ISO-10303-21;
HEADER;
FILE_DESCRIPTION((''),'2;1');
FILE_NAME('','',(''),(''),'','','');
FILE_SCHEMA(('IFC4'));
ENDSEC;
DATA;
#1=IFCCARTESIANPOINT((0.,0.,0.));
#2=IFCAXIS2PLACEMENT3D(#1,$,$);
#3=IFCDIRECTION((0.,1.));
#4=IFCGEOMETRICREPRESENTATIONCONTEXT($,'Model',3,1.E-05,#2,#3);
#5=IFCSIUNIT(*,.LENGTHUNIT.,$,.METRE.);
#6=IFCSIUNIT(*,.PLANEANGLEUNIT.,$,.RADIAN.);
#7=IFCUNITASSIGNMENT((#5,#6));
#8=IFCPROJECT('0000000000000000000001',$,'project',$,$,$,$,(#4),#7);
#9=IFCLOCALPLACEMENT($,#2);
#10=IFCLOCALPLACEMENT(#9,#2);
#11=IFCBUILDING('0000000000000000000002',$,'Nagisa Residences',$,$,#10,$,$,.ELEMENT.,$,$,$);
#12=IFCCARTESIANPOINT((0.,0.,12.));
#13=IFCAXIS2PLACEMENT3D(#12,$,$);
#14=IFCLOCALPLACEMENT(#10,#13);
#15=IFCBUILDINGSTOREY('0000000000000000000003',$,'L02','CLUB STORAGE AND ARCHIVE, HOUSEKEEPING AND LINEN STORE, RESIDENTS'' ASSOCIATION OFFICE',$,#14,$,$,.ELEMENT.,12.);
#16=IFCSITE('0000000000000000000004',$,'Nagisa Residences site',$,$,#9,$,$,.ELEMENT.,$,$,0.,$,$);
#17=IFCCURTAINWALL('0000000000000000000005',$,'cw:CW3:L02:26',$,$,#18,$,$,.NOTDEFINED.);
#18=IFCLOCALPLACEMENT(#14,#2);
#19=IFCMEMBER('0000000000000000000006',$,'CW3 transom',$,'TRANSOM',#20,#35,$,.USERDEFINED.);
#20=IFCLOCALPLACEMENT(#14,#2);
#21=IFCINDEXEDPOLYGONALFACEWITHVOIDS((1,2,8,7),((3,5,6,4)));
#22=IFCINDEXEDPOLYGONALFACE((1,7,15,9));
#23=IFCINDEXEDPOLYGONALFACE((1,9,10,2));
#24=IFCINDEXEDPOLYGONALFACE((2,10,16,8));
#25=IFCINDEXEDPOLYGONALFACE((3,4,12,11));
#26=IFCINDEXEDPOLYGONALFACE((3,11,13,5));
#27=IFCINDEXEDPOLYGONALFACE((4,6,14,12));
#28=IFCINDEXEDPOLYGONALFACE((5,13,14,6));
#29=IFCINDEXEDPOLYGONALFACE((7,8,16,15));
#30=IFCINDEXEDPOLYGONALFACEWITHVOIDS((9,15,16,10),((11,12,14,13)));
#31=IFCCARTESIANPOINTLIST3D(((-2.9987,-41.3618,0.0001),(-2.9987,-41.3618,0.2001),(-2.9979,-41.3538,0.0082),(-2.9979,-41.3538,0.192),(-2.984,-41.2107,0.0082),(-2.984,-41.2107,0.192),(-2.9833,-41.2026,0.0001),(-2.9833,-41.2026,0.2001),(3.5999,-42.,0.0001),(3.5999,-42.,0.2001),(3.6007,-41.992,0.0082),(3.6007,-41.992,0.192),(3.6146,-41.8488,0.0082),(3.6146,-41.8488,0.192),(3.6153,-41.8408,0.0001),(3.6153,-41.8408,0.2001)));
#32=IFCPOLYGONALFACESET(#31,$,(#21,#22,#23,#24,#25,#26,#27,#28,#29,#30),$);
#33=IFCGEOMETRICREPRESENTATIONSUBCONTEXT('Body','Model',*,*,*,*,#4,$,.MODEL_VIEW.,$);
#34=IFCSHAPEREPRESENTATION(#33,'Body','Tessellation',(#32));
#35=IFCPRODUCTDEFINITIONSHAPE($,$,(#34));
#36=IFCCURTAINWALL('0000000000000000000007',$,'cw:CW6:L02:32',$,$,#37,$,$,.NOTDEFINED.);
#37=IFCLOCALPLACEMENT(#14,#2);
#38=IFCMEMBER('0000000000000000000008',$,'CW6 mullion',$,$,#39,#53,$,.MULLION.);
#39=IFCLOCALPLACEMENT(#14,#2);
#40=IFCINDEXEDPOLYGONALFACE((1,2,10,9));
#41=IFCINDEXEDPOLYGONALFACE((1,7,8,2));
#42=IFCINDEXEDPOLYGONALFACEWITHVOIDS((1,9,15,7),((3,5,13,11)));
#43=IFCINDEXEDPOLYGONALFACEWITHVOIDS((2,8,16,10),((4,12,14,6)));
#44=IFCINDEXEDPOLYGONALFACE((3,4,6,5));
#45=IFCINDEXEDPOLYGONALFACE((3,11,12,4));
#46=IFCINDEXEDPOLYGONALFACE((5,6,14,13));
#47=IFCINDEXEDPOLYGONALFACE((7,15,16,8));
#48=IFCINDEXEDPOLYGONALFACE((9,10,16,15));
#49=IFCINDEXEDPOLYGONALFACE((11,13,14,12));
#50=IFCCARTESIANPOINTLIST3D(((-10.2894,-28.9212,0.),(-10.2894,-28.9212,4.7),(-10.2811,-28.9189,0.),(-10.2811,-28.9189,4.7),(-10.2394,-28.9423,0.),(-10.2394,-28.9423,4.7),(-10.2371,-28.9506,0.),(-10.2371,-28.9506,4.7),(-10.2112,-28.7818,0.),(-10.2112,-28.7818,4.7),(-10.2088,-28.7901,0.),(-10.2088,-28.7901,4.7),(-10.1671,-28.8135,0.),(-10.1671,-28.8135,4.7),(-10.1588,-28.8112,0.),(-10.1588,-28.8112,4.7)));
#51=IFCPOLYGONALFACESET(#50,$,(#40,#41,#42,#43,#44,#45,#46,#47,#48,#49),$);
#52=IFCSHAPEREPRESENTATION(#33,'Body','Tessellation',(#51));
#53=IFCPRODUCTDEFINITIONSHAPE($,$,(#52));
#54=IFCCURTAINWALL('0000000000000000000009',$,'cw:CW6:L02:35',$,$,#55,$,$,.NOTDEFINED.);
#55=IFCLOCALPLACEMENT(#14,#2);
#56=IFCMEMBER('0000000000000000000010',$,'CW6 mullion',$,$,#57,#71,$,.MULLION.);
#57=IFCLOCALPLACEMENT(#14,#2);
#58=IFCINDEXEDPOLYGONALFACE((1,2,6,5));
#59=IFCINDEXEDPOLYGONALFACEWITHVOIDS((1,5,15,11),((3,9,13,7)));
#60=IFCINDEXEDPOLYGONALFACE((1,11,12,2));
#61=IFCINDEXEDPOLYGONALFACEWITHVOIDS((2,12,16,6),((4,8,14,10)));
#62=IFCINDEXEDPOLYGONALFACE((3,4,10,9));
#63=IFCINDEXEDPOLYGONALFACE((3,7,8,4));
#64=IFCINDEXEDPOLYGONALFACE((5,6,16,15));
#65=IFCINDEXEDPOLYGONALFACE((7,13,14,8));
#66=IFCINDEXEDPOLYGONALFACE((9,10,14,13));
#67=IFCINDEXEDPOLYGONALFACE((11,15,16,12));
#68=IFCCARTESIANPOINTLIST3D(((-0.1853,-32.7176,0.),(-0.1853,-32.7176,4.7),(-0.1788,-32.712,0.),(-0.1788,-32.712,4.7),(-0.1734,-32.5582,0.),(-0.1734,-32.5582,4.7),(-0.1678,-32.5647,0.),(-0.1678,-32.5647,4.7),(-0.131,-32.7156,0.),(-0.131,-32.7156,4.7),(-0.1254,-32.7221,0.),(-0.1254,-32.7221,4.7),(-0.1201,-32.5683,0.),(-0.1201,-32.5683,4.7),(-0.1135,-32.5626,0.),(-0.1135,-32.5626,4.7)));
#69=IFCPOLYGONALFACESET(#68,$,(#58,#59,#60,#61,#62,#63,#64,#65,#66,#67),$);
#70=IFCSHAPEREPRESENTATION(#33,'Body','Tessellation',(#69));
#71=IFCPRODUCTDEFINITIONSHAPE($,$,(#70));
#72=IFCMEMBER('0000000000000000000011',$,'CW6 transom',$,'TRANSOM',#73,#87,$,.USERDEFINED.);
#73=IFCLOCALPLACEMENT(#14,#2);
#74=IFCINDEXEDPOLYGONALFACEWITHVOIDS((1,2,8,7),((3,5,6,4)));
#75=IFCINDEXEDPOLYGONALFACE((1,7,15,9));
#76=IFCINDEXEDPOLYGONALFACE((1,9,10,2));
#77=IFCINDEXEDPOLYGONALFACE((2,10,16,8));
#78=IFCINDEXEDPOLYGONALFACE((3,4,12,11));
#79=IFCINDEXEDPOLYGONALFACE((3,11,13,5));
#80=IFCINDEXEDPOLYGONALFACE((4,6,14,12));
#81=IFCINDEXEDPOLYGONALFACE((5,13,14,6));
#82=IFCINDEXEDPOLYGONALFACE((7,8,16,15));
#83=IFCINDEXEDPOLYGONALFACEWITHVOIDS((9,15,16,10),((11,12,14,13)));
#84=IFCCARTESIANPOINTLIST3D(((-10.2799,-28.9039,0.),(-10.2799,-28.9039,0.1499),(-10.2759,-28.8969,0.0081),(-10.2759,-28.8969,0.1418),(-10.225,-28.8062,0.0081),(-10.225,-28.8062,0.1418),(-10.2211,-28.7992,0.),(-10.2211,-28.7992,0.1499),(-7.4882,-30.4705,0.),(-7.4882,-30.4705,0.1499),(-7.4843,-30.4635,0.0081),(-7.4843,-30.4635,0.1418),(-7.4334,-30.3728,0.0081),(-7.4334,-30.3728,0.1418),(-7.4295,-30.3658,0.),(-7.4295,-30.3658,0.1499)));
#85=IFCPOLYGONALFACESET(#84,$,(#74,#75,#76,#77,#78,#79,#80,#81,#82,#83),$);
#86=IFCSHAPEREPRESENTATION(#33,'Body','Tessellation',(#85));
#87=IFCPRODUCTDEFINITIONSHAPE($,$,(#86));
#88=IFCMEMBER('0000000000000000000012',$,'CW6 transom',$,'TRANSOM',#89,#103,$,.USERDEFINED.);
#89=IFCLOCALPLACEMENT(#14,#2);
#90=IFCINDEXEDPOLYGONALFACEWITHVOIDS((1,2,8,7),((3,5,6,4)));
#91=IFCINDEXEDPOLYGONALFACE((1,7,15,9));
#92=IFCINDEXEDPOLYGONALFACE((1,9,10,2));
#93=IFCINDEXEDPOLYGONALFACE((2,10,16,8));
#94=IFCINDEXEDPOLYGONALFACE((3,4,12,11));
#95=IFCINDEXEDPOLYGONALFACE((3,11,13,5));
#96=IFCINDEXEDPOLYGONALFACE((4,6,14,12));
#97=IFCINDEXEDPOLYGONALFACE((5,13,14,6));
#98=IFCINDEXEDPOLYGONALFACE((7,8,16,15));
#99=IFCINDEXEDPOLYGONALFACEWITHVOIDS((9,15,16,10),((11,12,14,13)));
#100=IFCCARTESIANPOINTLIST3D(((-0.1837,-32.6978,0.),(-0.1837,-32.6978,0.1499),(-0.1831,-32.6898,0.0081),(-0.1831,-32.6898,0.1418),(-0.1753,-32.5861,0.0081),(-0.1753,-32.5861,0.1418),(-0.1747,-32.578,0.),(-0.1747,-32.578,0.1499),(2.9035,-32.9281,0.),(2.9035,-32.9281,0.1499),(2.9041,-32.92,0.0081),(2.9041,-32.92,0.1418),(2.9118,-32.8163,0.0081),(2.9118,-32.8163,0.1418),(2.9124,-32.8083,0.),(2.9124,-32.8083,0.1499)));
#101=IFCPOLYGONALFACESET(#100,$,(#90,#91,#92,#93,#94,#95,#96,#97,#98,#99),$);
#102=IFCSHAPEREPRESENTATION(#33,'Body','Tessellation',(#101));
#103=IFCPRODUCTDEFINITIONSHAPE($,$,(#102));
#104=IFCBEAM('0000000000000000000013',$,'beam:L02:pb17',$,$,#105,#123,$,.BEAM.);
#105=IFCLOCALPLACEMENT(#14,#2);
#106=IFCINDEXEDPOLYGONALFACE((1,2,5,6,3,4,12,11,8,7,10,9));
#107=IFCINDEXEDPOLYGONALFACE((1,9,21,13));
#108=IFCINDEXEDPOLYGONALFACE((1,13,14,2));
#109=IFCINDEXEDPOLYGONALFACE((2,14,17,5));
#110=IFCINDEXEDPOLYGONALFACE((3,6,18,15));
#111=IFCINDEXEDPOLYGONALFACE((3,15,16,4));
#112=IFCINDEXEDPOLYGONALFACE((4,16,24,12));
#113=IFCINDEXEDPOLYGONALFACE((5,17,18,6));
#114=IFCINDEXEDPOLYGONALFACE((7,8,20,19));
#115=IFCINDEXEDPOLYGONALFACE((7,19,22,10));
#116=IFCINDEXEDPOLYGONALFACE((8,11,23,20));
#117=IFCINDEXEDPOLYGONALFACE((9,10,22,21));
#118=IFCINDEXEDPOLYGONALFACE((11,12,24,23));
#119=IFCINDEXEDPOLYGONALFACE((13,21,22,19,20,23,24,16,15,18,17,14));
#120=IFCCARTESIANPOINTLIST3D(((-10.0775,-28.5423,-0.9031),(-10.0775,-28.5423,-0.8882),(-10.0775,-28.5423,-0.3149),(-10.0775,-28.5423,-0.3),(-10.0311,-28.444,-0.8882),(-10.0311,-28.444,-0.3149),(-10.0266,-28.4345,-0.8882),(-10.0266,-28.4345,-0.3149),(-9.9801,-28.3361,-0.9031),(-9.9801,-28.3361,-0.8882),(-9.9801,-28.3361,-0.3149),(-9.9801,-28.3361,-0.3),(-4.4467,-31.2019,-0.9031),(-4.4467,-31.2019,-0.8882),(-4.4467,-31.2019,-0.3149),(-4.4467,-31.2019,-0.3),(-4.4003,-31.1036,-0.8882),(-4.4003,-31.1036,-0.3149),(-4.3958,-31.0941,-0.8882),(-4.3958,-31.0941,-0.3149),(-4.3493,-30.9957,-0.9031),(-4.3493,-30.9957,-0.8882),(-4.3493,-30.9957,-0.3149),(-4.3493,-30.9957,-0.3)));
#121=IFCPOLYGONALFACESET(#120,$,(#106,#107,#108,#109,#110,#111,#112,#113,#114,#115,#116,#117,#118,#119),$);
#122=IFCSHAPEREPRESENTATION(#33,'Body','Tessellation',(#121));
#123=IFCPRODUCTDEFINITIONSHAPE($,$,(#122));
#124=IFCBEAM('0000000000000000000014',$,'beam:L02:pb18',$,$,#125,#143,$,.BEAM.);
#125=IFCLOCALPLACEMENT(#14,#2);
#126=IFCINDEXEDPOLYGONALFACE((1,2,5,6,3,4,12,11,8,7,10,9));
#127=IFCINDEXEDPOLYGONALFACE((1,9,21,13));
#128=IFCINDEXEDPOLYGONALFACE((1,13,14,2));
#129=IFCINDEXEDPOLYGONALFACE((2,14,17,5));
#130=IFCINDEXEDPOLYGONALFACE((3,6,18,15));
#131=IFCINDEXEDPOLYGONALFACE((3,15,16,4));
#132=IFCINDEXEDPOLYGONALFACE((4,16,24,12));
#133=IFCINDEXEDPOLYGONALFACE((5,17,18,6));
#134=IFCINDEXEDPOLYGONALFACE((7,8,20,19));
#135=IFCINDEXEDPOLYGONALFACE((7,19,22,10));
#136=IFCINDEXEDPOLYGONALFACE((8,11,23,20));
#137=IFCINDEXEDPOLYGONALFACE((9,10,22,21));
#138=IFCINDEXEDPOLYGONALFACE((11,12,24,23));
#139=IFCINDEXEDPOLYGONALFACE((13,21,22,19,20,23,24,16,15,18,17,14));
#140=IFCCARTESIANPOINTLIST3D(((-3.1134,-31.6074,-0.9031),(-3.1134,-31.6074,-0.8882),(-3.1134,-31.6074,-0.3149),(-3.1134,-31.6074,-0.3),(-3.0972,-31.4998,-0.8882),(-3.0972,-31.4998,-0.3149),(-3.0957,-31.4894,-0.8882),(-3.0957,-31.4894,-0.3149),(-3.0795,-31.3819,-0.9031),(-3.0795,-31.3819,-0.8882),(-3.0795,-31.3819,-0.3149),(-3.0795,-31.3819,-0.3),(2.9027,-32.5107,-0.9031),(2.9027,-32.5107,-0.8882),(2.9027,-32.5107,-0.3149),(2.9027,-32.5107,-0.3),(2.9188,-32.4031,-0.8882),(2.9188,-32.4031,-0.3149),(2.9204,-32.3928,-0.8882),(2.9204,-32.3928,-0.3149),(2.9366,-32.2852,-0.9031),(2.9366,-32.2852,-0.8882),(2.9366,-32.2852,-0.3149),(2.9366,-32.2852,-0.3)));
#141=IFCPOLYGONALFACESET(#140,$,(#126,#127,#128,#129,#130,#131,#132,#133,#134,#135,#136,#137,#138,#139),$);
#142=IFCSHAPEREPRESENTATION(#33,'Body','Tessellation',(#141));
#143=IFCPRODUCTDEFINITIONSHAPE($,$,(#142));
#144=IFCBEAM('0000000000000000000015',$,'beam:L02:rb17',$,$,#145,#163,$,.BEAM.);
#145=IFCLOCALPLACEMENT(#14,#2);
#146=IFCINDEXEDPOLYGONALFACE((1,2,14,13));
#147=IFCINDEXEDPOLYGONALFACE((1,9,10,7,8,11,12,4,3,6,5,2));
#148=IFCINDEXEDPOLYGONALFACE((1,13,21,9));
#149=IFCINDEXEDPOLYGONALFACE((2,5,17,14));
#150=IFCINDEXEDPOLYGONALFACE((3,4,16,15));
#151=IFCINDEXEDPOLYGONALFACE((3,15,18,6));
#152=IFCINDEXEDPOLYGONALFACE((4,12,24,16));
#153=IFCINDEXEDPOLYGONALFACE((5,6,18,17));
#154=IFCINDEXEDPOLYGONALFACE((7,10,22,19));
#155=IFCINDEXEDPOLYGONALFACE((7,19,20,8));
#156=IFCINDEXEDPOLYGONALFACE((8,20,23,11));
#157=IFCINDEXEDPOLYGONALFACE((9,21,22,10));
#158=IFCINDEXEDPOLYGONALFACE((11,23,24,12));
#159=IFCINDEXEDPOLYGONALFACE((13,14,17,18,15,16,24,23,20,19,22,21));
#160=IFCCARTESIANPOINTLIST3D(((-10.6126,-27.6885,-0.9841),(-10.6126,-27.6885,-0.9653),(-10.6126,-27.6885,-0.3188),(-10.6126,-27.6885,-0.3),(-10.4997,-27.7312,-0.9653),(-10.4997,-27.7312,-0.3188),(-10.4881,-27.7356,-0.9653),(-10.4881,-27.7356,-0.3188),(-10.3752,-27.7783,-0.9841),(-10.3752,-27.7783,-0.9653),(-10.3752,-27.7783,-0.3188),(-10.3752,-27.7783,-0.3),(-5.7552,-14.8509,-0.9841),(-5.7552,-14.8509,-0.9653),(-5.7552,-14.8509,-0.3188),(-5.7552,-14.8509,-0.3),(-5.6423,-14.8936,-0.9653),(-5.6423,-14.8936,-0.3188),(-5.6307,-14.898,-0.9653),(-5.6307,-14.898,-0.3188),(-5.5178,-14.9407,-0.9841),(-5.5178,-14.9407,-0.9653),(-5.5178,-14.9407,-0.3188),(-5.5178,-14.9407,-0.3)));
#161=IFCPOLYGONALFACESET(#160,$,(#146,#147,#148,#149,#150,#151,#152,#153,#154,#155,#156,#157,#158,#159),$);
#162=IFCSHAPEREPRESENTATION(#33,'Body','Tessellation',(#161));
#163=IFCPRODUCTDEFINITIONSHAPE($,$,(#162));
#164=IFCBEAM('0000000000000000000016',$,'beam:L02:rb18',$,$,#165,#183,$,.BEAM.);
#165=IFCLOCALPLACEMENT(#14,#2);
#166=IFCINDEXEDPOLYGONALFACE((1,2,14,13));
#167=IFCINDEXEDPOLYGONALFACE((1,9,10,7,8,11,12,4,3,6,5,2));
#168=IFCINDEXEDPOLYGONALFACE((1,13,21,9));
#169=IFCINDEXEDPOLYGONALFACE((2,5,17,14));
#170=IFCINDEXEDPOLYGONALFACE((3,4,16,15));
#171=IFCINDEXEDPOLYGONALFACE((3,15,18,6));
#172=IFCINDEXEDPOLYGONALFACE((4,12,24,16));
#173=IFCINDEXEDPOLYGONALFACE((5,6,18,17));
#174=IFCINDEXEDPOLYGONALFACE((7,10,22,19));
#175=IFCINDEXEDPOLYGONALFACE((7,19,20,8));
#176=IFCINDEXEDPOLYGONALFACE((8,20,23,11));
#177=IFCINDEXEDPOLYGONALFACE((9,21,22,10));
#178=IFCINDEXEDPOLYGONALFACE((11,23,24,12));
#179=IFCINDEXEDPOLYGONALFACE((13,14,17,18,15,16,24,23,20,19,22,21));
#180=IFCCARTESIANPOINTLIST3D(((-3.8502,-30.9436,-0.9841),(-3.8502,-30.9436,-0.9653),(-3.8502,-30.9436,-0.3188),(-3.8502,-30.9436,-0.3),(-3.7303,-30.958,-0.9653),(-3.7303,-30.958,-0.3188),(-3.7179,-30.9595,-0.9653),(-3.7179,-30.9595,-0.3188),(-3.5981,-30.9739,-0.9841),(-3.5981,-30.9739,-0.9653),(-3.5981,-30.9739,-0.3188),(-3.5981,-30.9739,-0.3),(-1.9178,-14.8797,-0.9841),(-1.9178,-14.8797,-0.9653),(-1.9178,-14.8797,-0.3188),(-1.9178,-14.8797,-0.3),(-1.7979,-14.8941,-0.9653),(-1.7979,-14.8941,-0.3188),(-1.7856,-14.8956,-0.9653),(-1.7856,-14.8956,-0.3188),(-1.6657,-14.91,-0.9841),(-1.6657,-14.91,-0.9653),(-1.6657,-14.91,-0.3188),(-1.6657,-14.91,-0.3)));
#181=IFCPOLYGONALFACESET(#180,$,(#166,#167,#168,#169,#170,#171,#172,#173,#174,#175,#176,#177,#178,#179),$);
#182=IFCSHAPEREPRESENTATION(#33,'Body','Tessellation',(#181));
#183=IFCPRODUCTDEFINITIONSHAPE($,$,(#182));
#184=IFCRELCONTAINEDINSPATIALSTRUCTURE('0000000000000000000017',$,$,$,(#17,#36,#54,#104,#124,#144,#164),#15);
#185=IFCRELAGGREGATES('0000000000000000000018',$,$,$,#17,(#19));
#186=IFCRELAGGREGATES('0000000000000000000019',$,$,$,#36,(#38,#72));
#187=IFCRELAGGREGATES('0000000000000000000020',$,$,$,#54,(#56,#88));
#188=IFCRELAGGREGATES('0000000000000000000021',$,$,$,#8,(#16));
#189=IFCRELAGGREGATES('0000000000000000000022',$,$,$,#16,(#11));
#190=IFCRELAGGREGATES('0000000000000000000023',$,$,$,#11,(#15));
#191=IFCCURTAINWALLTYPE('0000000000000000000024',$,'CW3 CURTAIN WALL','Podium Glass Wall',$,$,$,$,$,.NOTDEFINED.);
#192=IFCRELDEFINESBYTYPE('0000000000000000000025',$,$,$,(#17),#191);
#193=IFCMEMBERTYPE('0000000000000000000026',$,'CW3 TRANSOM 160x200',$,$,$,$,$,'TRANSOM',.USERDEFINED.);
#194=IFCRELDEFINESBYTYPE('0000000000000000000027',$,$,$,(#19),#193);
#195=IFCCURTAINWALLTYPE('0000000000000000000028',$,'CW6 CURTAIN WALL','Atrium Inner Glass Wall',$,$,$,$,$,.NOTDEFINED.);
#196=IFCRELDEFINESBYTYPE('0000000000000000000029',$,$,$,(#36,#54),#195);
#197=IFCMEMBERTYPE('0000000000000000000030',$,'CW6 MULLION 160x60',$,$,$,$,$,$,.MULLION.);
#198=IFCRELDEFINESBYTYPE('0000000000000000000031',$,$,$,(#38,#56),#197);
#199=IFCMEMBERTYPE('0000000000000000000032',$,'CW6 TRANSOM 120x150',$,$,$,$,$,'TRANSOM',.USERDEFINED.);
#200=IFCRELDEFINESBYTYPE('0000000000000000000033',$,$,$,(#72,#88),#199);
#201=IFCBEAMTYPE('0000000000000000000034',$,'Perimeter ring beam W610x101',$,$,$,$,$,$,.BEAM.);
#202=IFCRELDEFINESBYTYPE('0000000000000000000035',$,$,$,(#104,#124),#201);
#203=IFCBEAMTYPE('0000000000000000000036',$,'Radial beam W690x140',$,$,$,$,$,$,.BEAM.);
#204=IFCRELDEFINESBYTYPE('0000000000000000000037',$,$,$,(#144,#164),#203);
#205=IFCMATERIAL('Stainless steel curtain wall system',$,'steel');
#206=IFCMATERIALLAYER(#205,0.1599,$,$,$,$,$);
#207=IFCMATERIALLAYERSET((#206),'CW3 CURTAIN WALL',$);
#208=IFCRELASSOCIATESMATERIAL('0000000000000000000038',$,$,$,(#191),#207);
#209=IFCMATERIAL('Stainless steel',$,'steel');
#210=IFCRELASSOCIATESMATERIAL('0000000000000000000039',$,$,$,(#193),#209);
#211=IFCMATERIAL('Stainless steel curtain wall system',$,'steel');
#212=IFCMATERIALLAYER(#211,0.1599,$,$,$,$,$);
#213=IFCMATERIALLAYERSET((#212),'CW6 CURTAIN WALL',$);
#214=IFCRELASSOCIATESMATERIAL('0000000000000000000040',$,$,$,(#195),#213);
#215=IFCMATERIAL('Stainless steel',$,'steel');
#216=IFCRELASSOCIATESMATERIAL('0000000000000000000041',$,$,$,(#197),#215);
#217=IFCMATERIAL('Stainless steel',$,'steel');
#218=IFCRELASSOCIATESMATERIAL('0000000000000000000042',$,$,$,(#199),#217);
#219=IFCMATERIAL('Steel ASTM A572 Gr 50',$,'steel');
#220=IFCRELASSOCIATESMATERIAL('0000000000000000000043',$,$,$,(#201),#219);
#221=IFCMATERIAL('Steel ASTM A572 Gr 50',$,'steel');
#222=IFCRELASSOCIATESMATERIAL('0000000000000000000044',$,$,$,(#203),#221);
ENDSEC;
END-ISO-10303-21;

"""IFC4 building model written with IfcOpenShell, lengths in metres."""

from ifc_helpers import new_model, si_unit, direction, frame, origin, origin_2d, place, context, subcontext, project, spatial, hollow_rectangle, i_section, extrude, material, layer, layer_set, material_profile, profile_set, type_object, element, aggregate, save


model = new_model("IFC4")

# Units and contexts
model_context = context("Model", 3, precision=1e-05, world=origin(), true_north=direction((0.0, 1.0)))
body_context = subcontext(model_context, "Body", "Model", "MODEL_VIEW")
ifc_project = project(units=[si_unit("LENGTHUNIT", "METRE"), si_unit("PLANEANGLEUNIT", "RADIAN")], contexts=[model_context])

# Site, building, storey
site_placement = place(None, origin())
site = spatial("IfcSite", under=ifc_project, at=site_placement, Name="Nagisa Residences site", CompositionType="ELEMENT", RefElevation=0.0)
building_placement = place(site_placement, origin())
building = spatial("IfcBuilding", under=site, at=building_placement, Name="Nagisa Residences", CompositionType="ELEMENT")
storey_placement = place(building_placement, frame((0.0, 0.0, 12.0)))
storey = spatial("IfcBuildingStorey", under=building, at=storey_placement, Name="L02", Description="CLUB STORAGE AND ARCHIVE, HOUSEKEEPING AND LINEN STORE, RESIDENTS' ASSOCIATION OFFICE", CompositionType="ELEMENT", Elevation=12.0)

# Curtain wall
ifc_material_1 = material(Name="Stainless steel curtain wall system", Category="steel")
ifc_layer_1 = layer(ifc_material_1, 0.1599)
ifc_layer_set_1 = layer_set([ifc_layer_1], Name="CW3 CURTAIN WALL")
curtain_wall_type_1 = type_object("IfcCurtainWallType", Name="CW3 CURTAIN WALL", Description="Podium Glass Wall", PredefinedType="NOTDEFINED", material=ifc_layer_set_1)
curtain_wall_1_placement = place(storey_placement, origin())
curtain_wall_1 = element("IfcCurtainWall", 1, at=curtain_wall_1_placement, inside=storey, type_object=curtain_wall_type_1, Name="cw:CW3:L02:26", PredefinedType="NOTDEFINED")

# Member
ifc_material_2 = material(Name="Stainless steel", Category="steel")
ifc_material_profile_1 = material_profile(ifc_material_2, hollow_rectangle(XDim=0.1599, YDim=0.2, WallThickness=0.0081, at=origin_2d()), Name="CW3 TRANSOM 160x200")
ifc_profile_set_1 = profile_set([ifc_material_profile_1], Name="Stainless steel")
member_type_1 = type_object("IfcMemberType", Name="CW3 TRANSOM 160x200", ElementType="TRANSOM", PredefinedType="USERDEFINED", material=ifc_profile_set_1)
member_1_placement = place(storey_placement, frame((-2.991, -41.2822, 0.1001), z_axis=(0.995356, -0.096265, 0.0), x_axis=(0.096265, 0.995356, 0.0)))
member_1 = element("IfcMember", 2, at=member_1_placement, type_object=member_type_1, Name="CW3 transom", ObjectType="TRANSOM", PredefinedType="USERDEFINED", context=body_context, shape_type="SweptSolid", body=[
    extrude(hollow_rectangle(XDim=0.1599, YDim=0.2, WallThickness=0.0081, at=origin_2d()), origin(), (0.0, 0.0, 1.0), 6.6294),
])

# Curtain walls, members
ifc_material_3 = material(Name="Stainless steel curtain wall system", Category="steel")
ifc_layer_2 = layer(ifc_material_3, 0.1599)
ifc_layer_set_2 = layer_set([ifc_layer_2], Name="CW6 CURTAIN WALL")
curtain_wall_type_2 = type_object("IfcCurtainWallType", Name="CW6 CURTAIN WALL", Description="Atrium Inner Glass Wall", PredefinedType="NOTDEFINED", material=ifc_layer_set_2)
curtain_wall_2_placement = place(storey_placement, origin())
curtain_wall_2 = element("IfcCurtainWall", 3, at=curtain_wall_2_placement, inside=storey, type_object=curtain_wall_type_2, Name="cw:CW6:L02:32", PredefinedType="NOTDEFINED")
ifc_material_4 = material(Name="Stainless steel", Category="steel")
ifc_material_profile_2 = material_profile(ifc_material_4, hollow_rectangle(XDim=0.1599, YDim=0.0601, WallThickness=0.0061, at=origin_2d()), Name="CW6 MULLION 160x60")
ifc_profile_set_2 = profile_set([ifc_material_profile_2], Name="Stainless steel")
member_type_2 = type_object("IfcMemberType", Name="CW6 MULLION 160x60", PredefinedType="MULLION", material=ifc_profile_set_2)
member_2_placement = place(storey_placement, frame((-10.2241, -28.8662, 0.0), z_axis=(0.0, 0.0, 1.0), x_axis=(0.489377, 0.872072, 0.0)))
member_2 = element("IfcMember", 4, at=member_2_placement, type_object=member_type_2, Name="CW6 mullion", PredefinedType="MULLION", context=body_context, shape_type="SweptSolid", body=[
    extrude(hollow_rectangle(XDim=0.1599, YDim=0.0601, WallThickness=0.0061, at=origin_2d()), origin(), (0.0, 0.0, 1.0), 4.7),
])
curtain_wall_3_placement = place(storey_placement, origin())
curtain_wall_3 = element("IfcCurtainWall", 5, at=curtain_wall_3_placement, inside=storey, type_object=curtain_wall_type_2, Name="cw:CW6:L02:35", PredefinedType="NOTDEFINED")
member_3_placement = place(storey_placement, frame((-0.1494, -32.6401, 0.0), z_axis=(0.0, 0.0, 1.0), x_axis=(0.074377, 0.99723, 0.0)))
member_3 = element("IfcMember", 6, at=member_3_placement, type_object=member_type_2, Name="CW6 mullion", PredefinedType="MULLION", context=body_context, shape_type="SweptSolid", body=[
    extrude(hollow_rectangle(XDim=0.1599, YDim=0.0601, WallThickness=0.0061, at=origin_2d()), origin(), (0.0, 0.0, 1.0), 4.7),
])

# Members
ifc_material_5 = material(Name="Stainless steel", Category="steel")
ifc_material_profile_3 = material_profile(ifc_material_5, hollow_rectangle(XDim=0.1201, YDim=0.1499, WallThickness=0.0081, at=origin_2d()), Name="CW6 TRANSOM 120x150")
ifc_profile_set_3 = profile_set([ifc_material_profile_3], Name="Stainless steel")
member_type_3 = type_object("IfcMemberType", Name="CW6 TRANSOM 120x150", ElementType="TRANSOM", PredefinedType="USERDEFINED", material=ifc_profile_set_3)
member_4_placement = place(storey_placement, frame((-10.2505, -28.8516, 0.075), z_axis=(0.87207, -0.489381, 0.0), x_axis=(0.489381, 0.87207, 0.0)))
member_4 = element("IfcMember", 7, at=member_4_placement, type_object=member_type_3, Name="CW6 transom", ObjectType="TRANSOM", PredefinedType="USERDEFINED", context=body_context, shape_type="SweptSolid", body=[
    extrude(hollow_rectangle(XDim=0.1201, YDim=0.1499, WallThickness=0.0081, at=origin_2d()), origin(), (0.0, 0.0, 1.0), 3.2012),
])
member_5_placement = place(storey_placement, frame((-0.1792, -32.6379, 0.075), z_axis=(0.997231, -0.074368, 0.0), x_axis=(0.074368, 0.997231, 0.0)))
member_5 = element("IfcMember", 8, at=member_5_placement, type_object=member_type_3, Name="CW6 transom", ObjectType="TRANSOM", PredefinedType="USERDEFINED", context=body_context, shape_type="SweptSolid", body=[
    extrude(hollow_rectangle(XDim=0.1201, YDim=0.1499, WallThickness=0.0081, at=origin_2d()), origin(), (0.0, 0.0, 1.0), 3.0957),
])

# Beams
ifc_material_6 = material(Name="Steel ASTM A572 Gr 50", Category="steel")
ifc_material_profile_4 = material_profile(ifc_material_6, i_section(OverallWidth=0.228, OverallDepth=0.603, WebThickness=0.0105, FlangeThickness=0.0149, at=origin_2d()), Name="W610x101")
ifc_profile_set_4 = profile_set([ifc_material_profile_4], Name="Steel ASTM A572 Gr 50")
beam_type_1 = type_object("IfcBeamType", Name="Perimeter ring beam W610x101", PredefinedType="BEAM", material=ifc_profile_set_4)
beam_1_placement = place(storey_placement, frame((-10.0288, -28.4392, -0.6016), z_axis=(0.904208, -0.427092, 0.0), x_axis=(0.427092, 0.904208, 0.0)))
element("IfcBeam", 9, at=beam_1_placement, inside=storey, type_object=beam_type_1, Name="beam:L02:pb17", PredefinedType="BEAM", context=body_context, shape_type="SweptSolid", body=[
    extrude(i_section(OverallWidth=0.228, OverallDepth=0.603, WebThickness=0.0105, FlangeThickness=0.0149, at=origin_2d()), origin(), (0.0, 0.0, 1.0), 6.2273),
])
beam_2_placement = place(storey_placement, frame((-3.0964, -31.4946, -0.6016), z_axis=(0.988915, -0.148486, 0.0), x_axis=(0.148486, 0.988915, 0.0)))
element("IfcBeam", 10, at=beam_2_placement, inside=storey, type_object=beam_type_1, Name="beam:L02:pb18", PredefinedType="BEAM", context=body_context, shape_type="SweptSolid", body=[
    extrude(i_section(OverallWidth=0.228, OverallDepth=0.603, WebThickness=0.0105, FlangeThickness=0.0149, at=origin_2d()), origin(), (0.0, 0.0, 1.0), 6.0835),
])
ifc_material_7 = material(Name="Steel ASTM A572 Gr 50", Category="steel")
ifc_material_profile_5 = material_profile(ifc_material_7, i_section(OverallWidth=0.2539, OverallDepth=0.6841, WebThickness=0.0125, FlangeThickness=0.0188, at=origin_2d()), Name="W690x140")
ifc_profile_set_5 = profile_set([ifc_material_profile_5], Name="Steel ASTM A572 Gr 50")
beam_type_2 = type_object("IfcBeamType", Name="Radial beam W690x140", PredefinedType="BEAM", material=ifc_profile_set_5)
beam_3_placement = place(storey_placement, frame((-10.4939, -27.7334, -0.6421), z_axis=(0.353888, 0.935288, 0.0), x_axis=(-0.935288, 0.353888, 0.0)))
element("IfcBeam", 11, at=beam_3_placement, inside=storey, type_object=beam_type_2, Name="beam:L02:rb17", PredefinedType="BEAM", context=body_context, shape_type="SweptSolid", body=[
    extrude(i_section(OverallWidth=0.2539, OverallDepth=0.6841, WebThickness=0.0125, FlangeThickness=0.0188, at=origin_2d()), origin(), (0.0, 0.0, 1.0), 13.7258),
])
beam_4_placement = place(storey_placement, frame((-3.7241, -30.9587, -0.6421), z_axis=(0.119431, 0.992842, 0.0), x_axis=(-0.992842, 0.119431, 0.0)))
element("IfcBeam", 12, at=beam_4_placement, inside=storey, type_object=beam_type_2, Name="beam:L02:rb18", PredefinedType="BEAM", context=body_context, shape_type="SweptSolid", body=[
    extrude(i_section(OverallWidth=0.2539, OverallDepth=0.6841, WebThickness=0.0125, FlangeThickness=0.0188, at=origin_2d()), origin(), (0.0, 0.0, 1.0), 16.1797),
])

aggregate(curtain_wall_1, [member_1])

aggregate(curtain_wall_2, [member_2, member_4])
aggregate(curtain_wall_3, [member_3, member_5])

save(model, "model.ifc")
